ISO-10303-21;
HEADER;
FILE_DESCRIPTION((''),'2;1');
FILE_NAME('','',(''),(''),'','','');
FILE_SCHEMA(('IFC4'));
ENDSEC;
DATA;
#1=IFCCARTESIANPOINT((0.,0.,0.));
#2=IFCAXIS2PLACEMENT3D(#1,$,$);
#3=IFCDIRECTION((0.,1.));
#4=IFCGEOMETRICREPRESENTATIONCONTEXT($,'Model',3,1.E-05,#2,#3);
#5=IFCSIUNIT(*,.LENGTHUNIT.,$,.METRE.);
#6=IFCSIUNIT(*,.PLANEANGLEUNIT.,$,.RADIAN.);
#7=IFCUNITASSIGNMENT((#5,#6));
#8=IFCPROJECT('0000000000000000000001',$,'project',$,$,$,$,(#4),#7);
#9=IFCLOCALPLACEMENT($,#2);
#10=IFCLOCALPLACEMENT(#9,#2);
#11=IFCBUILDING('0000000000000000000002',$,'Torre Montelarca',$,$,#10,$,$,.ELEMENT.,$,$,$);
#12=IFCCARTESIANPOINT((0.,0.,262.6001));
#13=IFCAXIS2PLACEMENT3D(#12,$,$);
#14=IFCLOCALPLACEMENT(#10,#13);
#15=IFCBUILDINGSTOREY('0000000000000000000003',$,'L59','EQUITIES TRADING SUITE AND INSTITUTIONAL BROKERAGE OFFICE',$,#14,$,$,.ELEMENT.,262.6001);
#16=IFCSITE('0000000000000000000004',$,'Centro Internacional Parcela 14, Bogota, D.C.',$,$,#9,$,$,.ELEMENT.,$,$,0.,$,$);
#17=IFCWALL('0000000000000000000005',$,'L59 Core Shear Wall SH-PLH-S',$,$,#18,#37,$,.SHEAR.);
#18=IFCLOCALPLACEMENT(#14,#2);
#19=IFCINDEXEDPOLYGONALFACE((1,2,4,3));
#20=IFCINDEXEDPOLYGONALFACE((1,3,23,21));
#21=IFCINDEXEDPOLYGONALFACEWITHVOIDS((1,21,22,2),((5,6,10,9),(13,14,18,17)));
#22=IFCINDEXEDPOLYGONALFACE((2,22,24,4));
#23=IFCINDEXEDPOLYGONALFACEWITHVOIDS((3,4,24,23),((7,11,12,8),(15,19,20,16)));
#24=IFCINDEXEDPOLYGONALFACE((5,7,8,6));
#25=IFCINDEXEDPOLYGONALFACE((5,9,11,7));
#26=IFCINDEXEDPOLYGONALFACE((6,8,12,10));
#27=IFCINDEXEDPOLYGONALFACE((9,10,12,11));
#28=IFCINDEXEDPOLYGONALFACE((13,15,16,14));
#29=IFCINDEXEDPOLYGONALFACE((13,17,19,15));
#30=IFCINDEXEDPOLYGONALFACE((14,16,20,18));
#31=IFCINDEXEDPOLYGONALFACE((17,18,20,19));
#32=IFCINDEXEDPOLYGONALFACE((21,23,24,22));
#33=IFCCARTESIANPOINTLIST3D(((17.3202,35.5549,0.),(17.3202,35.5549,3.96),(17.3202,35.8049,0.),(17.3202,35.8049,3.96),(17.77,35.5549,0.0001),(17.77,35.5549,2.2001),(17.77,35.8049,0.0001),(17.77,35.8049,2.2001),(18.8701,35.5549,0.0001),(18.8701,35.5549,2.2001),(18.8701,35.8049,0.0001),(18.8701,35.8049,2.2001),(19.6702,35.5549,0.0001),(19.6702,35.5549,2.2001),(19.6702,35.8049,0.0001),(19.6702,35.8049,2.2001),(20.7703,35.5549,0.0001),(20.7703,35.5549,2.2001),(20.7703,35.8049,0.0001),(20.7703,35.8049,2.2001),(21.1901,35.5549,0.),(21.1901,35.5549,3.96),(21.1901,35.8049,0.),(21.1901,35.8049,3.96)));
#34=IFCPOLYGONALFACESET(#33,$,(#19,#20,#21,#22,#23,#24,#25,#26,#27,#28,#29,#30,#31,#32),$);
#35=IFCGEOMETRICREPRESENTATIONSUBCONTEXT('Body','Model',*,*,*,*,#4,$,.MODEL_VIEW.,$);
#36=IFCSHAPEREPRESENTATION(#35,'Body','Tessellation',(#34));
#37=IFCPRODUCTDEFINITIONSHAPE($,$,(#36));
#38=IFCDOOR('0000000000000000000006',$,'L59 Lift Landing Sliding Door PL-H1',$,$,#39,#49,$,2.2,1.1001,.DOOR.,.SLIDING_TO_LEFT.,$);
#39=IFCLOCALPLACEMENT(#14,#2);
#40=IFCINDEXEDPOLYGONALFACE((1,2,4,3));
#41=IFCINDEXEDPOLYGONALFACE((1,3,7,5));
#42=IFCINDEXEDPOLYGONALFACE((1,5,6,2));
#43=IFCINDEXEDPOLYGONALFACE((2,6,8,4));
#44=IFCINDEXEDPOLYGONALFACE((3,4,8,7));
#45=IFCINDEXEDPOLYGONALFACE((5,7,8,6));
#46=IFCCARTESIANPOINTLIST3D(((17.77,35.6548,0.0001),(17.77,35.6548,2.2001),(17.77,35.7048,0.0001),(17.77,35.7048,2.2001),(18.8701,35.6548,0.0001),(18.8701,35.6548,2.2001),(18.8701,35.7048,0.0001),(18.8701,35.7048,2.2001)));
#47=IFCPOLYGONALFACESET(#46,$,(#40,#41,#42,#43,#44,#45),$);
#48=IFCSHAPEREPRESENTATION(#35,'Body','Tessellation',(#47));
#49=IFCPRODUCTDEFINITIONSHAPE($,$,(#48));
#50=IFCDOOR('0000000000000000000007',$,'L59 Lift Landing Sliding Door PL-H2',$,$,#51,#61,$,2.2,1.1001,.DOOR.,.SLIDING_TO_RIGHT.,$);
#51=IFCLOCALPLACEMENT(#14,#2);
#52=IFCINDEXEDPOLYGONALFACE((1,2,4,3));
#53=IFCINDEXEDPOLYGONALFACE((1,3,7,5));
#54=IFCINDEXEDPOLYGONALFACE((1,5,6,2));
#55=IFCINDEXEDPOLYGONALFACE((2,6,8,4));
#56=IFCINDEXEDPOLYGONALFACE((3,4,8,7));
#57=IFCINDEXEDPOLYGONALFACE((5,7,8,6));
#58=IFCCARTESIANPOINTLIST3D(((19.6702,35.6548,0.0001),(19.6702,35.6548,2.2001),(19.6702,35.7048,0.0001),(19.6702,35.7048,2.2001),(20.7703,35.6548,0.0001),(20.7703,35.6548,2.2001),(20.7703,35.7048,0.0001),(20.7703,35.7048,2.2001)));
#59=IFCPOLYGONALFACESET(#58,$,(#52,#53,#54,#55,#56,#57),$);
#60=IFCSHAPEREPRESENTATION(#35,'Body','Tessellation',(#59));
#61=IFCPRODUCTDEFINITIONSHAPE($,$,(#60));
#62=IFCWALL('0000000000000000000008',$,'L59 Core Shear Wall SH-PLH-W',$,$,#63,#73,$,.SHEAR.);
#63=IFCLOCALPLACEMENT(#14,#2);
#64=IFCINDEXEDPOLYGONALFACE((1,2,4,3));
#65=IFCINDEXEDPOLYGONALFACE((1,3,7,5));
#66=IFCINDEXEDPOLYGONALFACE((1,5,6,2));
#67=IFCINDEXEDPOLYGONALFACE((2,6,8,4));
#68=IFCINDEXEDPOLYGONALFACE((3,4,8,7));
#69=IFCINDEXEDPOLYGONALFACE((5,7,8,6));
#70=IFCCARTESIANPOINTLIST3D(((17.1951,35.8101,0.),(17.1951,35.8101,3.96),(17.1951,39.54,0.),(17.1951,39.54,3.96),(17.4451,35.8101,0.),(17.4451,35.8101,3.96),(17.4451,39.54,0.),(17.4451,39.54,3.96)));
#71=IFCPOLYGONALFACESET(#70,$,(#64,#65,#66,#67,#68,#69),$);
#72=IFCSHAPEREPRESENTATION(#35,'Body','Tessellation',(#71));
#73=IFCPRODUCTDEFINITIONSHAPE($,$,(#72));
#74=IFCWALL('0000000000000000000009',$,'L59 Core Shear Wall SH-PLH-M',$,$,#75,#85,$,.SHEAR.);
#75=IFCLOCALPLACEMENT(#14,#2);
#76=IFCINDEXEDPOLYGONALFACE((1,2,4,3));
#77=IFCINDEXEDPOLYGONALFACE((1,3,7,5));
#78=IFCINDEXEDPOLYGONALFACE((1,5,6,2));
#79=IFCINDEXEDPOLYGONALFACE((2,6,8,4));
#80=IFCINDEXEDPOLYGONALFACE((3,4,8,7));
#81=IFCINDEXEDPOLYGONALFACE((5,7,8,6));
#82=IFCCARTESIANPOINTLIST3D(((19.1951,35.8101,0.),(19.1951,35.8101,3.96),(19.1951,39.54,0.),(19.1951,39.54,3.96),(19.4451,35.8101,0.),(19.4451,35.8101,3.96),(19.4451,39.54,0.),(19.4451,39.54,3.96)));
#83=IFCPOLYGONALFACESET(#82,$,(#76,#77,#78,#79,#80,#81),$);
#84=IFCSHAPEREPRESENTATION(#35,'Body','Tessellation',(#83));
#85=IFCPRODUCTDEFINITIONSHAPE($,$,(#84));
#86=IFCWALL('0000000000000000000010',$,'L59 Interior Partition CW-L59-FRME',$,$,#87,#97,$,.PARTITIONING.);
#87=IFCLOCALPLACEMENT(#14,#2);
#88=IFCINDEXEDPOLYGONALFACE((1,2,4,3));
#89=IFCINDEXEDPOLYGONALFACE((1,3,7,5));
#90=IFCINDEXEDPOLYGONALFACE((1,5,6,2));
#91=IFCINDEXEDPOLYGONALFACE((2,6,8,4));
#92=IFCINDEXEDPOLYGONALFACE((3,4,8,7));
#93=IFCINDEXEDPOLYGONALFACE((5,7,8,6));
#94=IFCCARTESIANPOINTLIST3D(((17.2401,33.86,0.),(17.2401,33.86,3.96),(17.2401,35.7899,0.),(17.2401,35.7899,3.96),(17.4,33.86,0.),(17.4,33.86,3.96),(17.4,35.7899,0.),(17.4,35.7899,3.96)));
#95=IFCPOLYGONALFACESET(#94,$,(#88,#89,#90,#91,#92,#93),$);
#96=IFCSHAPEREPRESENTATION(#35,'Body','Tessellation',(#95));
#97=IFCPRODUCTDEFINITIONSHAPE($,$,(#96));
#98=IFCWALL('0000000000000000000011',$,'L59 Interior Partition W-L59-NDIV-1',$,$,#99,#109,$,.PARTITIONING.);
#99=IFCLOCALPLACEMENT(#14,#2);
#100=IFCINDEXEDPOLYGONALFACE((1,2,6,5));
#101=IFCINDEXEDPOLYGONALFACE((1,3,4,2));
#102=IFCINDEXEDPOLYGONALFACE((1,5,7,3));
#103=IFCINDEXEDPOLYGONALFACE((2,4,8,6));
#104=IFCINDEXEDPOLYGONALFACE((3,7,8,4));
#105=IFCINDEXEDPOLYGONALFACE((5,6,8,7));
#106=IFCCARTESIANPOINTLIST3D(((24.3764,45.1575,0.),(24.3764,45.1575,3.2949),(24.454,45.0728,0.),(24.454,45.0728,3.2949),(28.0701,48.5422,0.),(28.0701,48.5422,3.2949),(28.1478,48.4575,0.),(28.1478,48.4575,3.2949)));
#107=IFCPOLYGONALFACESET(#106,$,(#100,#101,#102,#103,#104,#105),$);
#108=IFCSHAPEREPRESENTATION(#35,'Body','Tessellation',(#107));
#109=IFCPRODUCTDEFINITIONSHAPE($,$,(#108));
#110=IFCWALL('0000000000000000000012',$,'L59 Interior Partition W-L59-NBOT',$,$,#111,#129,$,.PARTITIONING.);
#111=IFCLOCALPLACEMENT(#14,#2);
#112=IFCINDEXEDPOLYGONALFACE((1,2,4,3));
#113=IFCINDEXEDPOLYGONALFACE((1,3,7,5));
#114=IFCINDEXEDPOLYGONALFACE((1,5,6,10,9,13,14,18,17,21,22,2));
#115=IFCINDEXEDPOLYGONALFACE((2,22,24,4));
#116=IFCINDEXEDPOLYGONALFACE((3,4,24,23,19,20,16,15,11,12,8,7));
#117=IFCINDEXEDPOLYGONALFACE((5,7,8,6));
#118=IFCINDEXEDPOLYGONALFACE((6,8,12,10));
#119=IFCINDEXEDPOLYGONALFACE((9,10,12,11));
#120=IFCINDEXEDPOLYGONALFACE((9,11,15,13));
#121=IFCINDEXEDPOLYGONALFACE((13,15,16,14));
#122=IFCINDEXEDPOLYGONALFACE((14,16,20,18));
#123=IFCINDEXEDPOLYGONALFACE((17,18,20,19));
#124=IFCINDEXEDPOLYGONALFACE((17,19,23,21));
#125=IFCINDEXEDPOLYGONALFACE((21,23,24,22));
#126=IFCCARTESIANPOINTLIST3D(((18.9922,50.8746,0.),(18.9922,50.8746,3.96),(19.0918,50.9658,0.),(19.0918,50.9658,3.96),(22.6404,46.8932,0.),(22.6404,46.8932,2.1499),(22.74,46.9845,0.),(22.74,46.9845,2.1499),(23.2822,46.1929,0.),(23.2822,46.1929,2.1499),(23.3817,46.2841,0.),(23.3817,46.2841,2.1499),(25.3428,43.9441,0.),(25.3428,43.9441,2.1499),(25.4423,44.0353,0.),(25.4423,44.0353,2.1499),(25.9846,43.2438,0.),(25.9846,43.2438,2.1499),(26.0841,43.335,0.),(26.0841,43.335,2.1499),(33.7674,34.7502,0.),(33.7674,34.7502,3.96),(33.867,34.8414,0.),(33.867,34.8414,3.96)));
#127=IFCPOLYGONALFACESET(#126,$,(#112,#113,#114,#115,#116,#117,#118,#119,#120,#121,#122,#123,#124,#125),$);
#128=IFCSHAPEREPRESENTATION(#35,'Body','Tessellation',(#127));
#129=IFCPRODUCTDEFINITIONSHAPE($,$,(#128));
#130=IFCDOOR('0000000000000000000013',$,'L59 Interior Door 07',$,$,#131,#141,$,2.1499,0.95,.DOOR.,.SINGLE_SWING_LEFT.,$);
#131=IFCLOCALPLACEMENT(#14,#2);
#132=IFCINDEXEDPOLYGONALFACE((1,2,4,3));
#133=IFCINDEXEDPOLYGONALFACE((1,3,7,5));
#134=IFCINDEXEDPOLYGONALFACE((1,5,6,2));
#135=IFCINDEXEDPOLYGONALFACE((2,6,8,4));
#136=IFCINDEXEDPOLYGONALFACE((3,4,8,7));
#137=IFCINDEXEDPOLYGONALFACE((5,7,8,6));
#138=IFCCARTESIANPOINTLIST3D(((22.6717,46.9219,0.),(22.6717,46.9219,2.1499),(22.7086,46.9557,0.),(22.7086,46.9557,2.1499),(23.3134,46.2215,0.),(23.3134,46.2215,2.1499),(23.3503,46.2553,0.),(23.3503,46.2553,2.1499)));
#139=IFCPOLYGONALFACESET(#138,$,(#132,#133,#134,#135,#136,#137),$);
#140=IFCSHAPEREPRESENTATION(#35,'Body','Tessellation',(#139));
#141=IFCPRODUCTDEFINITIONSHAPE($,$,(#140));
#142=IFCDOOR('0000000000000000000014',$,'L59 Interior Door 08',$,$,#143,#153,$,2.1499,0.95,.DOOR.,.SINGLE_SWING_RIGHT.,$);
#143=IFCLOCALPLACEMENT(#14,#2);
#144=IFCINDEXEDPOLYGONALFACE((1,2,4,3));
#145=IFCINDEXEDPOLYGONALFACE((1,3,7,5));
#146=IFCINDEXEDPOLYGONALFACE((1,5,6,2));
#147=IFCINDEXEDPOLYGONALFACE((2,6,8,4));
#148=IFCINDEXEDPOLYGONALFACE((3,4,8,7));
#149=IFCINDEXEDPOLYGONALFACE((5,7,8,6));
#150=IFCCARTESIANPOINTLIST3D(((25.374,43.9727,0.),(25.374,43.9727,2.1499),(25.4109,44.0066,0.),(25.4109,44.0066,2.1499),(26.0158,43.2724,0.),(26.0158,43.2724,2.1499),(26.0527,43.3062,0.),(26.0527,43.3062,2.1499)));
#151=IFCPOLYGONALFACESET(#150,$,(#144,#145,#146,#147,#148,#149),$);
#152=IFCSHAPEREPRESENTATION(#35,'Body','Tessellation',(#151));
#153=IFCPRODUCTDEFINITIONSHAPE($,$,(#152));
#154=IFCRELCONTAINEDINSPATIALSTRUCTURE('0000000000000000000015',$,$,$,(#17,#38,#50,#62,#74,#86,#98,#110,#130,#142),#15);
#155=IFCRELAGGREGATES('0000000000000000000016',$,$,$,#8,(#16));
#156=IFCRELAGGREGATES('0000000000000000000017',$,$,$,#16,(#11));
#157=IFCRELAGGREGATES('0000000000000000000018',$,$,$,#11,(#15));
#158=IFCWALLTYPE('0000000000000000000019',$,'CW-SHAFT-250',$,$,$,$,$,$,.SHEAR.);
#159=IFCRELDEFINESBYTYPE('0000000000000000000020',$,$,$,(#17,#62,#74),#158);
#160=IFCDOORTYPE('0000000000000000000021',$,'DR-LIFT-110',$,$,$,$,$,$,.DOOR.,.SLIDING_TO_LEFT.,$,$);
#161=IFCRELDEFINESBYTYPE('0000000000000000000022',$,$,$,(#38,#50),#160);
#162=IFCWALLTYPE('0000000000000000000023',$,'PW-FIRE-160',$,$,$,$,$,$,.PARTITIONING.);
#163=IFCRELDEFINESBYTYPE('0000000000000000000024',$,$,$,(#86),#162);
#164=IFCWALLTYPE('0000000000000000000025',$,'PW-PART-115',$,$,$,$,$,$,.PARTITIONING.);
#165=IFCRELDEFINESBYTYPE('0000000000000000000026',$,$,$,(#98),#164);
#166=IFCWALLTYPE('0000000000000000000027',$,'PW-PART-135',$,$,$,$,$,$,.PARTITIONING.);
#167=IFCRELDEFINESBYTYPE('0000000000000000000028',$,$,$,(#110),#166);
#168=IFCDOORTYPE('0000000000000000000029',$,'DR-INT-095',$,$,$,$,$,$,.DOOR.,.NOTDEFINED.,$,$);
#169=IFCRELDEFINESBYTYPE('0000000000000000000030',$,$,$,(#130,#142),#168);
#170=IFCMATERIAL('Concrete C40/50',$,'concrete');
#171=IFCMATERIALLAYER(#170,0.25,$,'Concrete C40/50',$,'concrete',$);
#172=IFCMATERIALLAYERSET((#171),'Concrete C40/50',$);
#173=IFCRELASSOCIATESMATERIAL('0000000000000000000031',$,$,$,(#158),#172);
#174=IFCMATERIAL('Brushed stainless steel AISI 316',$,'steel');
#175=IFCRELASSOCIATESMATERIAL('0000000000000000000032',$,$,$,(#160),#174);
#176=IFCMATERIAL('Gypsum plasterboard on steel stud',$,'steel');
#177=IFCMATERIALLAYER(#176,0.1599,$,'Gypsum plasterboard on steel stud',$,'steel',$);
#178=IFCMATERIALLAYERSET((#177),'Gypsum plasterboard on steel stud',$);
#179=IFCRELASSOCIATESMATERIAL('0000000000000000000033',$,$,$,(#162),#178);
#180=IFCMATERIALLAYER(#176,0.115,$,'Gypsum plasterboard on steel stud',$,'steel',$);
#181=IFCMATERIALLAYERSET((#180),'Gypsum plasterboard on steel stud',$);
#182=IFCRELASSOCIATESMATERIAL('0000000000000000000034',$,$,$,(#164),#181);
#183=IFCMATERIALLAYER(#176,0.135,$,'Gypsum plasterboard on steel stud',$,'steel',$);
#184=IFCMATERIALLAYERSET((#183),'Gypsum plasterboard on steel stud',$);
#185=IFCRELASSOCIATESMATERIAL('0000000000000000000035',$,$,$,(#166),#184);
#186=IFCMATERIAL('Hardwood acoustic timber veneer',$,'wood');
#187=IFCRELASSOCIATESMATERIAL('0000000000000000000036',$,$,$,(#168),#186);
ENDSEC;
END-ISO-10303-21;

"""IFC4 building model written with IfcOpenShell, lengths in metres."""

from ifc_helpers import new_model, si_unit, direction, frame, frame_2d, origin, place, context, subcontext, project, spatial, rectangle, extrude, source, transform, mapped, material, layer, layer_set, type_object, element, fill, save


model = new_model("IFC4")

# Units and contexts
model_context = context("Model", 3, precision=1e-05, world=origin(), true_north=direction((0.0, 1.0)))
body_context = subcontext(model_context, "Body", "Model", "MODEL_VIEW")
ifc_project = project(units=[si_unit("LENGTHUNIT", "METRE"), si_unit("PLANEANGLEUNIT", "RADIAN")], contexts=[model_context])

# Site, building, storey
site_placement = place(None, origin())
site = spatial("IfcSite", under=ifc_project, at=site_placement, Name="Centro Internacional Parcela 14, Bogota, D.C.", CompositionType="ELEMENT", RefElevation=0.0)
building_placement = place(site_placement, origin())
building = spatial("IfcBuilding", under=site, at=building_placement, Name="Torre Montelarca", CompositionType="ELEMENT")
storey_placement = place(building_placement, frame((0.0, 0.0, 262.6001)))
storey = spatial("IfcBuildingStorey", under=building, at=storey_placement, Name="L59", Description="EQUITIES TRADING SUITE AND INSTITUTIONAL BROKERAGE OFFICE", CompositionType="ELEMENT", Elevation=262.6001)

# Shared definitions
ifc_material_1 = material(Name="Concrete C40/50", Category="concrete")
ifc_layer_1 = layer(ifc_material_1, 0.25, Name="Concrete C40/50", Category="concrete")
ifc_layer_set_1 = layer_set([ifc_layer_1], Name="Concrete C40/50")
wall_type_1 = type_object("IfcWallType", Name="CW-SHAFT-250", PredefinedType="SHEAR", material=ifc_layer_set_1)

# Shared definitions
ifc_material_2 = material(Name="Brushed stainless steel AISI 316", Category="steel")

# Wall, openings, doors
wall_1_placement = place(storey_placement, frame((17.3201, 35.6799, 0.0), z_axis=(0.0, 0.0, 1.0), x_axis=(1.0, 0.0, 0.0)))
wall_1 = element("IfcWall", 1, at=wall_1_placement, inside=storey, type_object=wall_type_1, Name="L59 Core Shear Wall SH-PLH-S", PredefinedType="SHEAR", context=body_context, shape_type="SweptSolid", body=[
    extrude(rectangle(XDim=3.8699, YDim=0.25, at=frame_2d((1.9351, 0.0))), origin(), (0.0, 0.0, 1.0), 3.96),
])
opening_1_placement = place(wall_1_placement, frame((0.45, 0.0, 0.0)))
opening_1 = element("IfcOpeningElement", 2, at=opening_1_placement, cuts=wall_1, PredefinedType="OPENING", context=body_context, shape_type="SweptSolid", body=[
    extrude(rectangle(XDim=1.1001, YDim=2.2, at=frame_2d((0.55, 1.1001))), frame((0.0, 0.135, 0.0), z_axis=(0.0, -1.0, 0.0), x_axis=(1.0, 0.0, 0.0)), (0.0, 0.0, 1.0), 0.27),
])
opening_2_placement = place(wall_1_placement, frame((2.3501, 0.0, 0.0)))
opening_2 = element("IfcOpeningElement", 3, at=opening_2_placement, cuts=wall_1, PredefinedType="OPENING", context=body_context, shape_type="SweptSolid", body=[
    extrude(rectangle(XDim=1.1001, YDim=2.2, at=frame_2d((0.55, 1.1001))), frame((0.0, 0.135, 0.0), z_axis=(0.0, -1.0, 0.0), x_axis=(1.0, 0.0, 0.0)), (0.0, 0.0, 1.0), 0.27),
])
door_type_1 = type_object("IfcDoorType", Name="DR-LIFT-110", OperationType="SLIDING_TO_LEFT", PredefinedType="DOOR", material=ifc_material_2)
shared_shape_1 = source(origin(), body_context, "Body", "SweptSolid", [
    extrude(rectangle(XDim=1.1001, YDim=2.2, at=frame_2d((0.55, 1.1001))), frame((0.0, 0.0249, 0.0), z_axis=(0.0, -1.0, 0.0), x_axis=(1.0, 0.0, 0.0)), (0.0, 0.0, 1.0), 0.05),
])
door_1_placement = place(opening_1_placement, origin())
door_1 = element("IfcDoor", 4, at=door_1_placement, inside=storey, type_object=door_type_1, Name="L59 Lift Landing Sliding Door PL-H1", OperationType="SLIDING_TO_LEFT", OverallHeight=2.2, OverallWidth=1.1001, PredefinedType="DOOR", context=body_context, shape_type="MappedRepresentation", body=[
    mapped(shared_shape_1, transform((0.0, 0.0, 0.0), scale=1.0)),
])
fill(opening_1, door_1)
door_2_placement = place(opening_2_placement, origin())
door_2 = element("IfcDoor", 5, at=door_2_placement, inside=storey, type_object=door_type_1, Name="L59 Lift Landing Sliding Door PL-H2", OperationType="SLIDING_TO_RIGHT", OverallHeight=2.2, OverallWidth=1.1001, PredefinedType="DOOR", context=body_context, shape_type="MappedRepresentation", body=[
    mapped(shared_shape_1, transform((0.0, 0.0, 0.0), scale=1.0)),
])
fill(opening_2, door_2)

# Walls
for number, where, z_axis, x_axis, name in (
    (6, (17.3201, 35.8101, 0.0), (0.0, 0.0, 1.0), (0.0, 1.0, 0.0), "L59 Core Shear Wall SH-PLH-W"),
    (7, (19.3201, 35.8101, 0.0), (0.0, 0.0, 1.0), (0.0, 1.0, 0.0), "L59 Core Shear Wall SH-PLH-M"),
):
    element("IfcWall", number, at=place(storey_placement, frame(where, z_axis=z_axis, x_axis=x_axis)), inside=storey, type_object=wall_type_1, Name=name, PredefinedType="SHEAR", context=body_context, shape_type="SweptSolid", body=[
        extrude(rectangle(XDim=3.73, YDim=0.25, at=frame_2d((1.865, 0.0))), origin(), (0.0, 0.0, 1.0), 3.96),
    ])
ifc_material_3 = material(Name="Gypsum plasterboard on steel stud", Category="steel")
ifc_layer_2 = layer(ifc_material_3, 0.1599, Name="Gypsum plasterboard on steel stud", Category="steel")
ifc_layer_set_2 = layer_set([ifc_layer_2], Name="Gypsum plasterboard on steel stud")
wall_type_2 = type_object("IfcWallType", Name="PW-FIRE-160", PredefinedType="PARTITIONING", material=ifc_layer_set_2)
wall_2_placement = place(storey_placement, frame((17.3201, 33.8601, 0.0), z_axis=(0.0, 0.0, 1.0), x_axis=(0.0, 1.0, 0.0)))
element("IfcWall", 8, at=wall_2_placement, inside=storey, type_object=wall_type_2, Name="L59 Interior Partition CW-L59-FRME", PredefinedType="PARTITIONING", context=body_context, shape_type="SweptSolid", body=[
    extrude(rectangle(XDim=1.9299, YDim=0.1599, at=frame_2d((0.9648, 0.0))), origin(), (0.0, 0.0, 1.0), 3.96),
])
ifc_layer_3 = layer(ifc_material_3, 0.115, Name="Gypsum plasterboard on steel stud", Category="steel")
ifc_layer_set_3 = layer_set([ifc_layer_3], Name="Gypsum plasterboard on steel stud")
wall_type_3 = type_object("IfcWallType", Name="PW-PART-115", PredefinedType="PARTITIONING", material=ifc_layer_set_3)
wall_3_placement = place(storey_placement, frame((24.4153, 45.1152, 0.0), z_axis=(0.0, 0.0, 1.0), x_axis=(0.73728, 0.675588, 0.0)))
element("IfcWall", 9, at=wall_3_placement, inside=storey, type_object=wall_type_3, Name="L59 Interior Partition W-L59-NDIV-1", PredefinedType="PARTITIONING", context=body_context, shape_type="SweptSolid", body=[
    extrude(rectangle(XDim=5.01, YDim=0.115, at=frame_2d((2.5049, 0.0))), origin(), (0.0, 0.0, 1.0), 3.2949),
])

# Wall, openings, doors
ifc_layer_4 = layer(ifc_material_3, 0.135, Name="Gypsum plasterboard on steel stud", Category="steel")
ifc_layer_set_4 = layer_set([ifc_layer_4], Name="Gypsum plasterboard on steel stud")
wall_type_4 = type_object("IfcWallType", Name="PW-PART-135", PredefinedType="PARTITIONING", material=ifc_layer_set_4)
wall_4_placement = place(storey_placement, frame((19.042, 50.9202, 0.0), z_axis=(0.0, 0.0, 1.0), x_axis=(0.67559, -0.737278, 0.0)))
wall_4 = element("IfcWall", 10, at=wall_4_placement, inside=storey, type_object=wall_type_4, Name="L59 Interior Partition W-L59-NBOT", PredefinedType="PARTITIONING", context=body_context, shape_type="SweptSolid", body=[
    extrude(rectangle(XDim=21.8701, YDim=0.135, at=frame_2d((10.9351, 0.0))), origin(), (0.0, 0.0, 1.0), 3.96),
])
opening_3_placement = place(wall_4_placement, frame((5.3999, 0.0, 0.0)))
opening_3 = element("IfcOpeningElement", 11, at=opening_3_placement, cuts=wall_4, PredefinedType="OPENING", context=body_context, shape_type="SweptSolid", body=[
    extrude(rectangle(XDim=0.95, YDim=2.1499, at=frame_2d((0.4751, 1.075))), frame((0.0, 0.0776, 0.0), z_axis=(0.0, -1.0, 0.0), x_axis=(1.0, 0.0, 0.0)), (0.0, 0.0, 1.0), 0.155),
])
opening_4_placement = place(wall_4_placement, frame((9.3999, 0.0, 0.0)))
opening_4 = element("IfcOpeningElement", 12, at=opening_4_placement, cuts=wall_4, PredefinedType="OPENING", context=body_context, shape_type="SweptSolid", body=[
    extrude(rectangle(XDim=0.95, YDim=2.1499, at=frame_2d((0.4751, 1.075))), frame((0.0, 0.0776, 0.0), z_axis=(0.0, -1.0, 0.0), x_axis=(1.0, 0.0, 0.0)), (0.0, 0.0, 1.0), 0.155),
])
ifc_material_4 = material(Name="Hardwood acoustic timber veneer", Category="wood")
door_type_2 = type_object("IfcDoorType", Name="DR-INT-095", OperationType="NOTDEFINED", PredefinedType="DOOR", material=ifc_material_4)
shared_shape_2 = source(origin(), body_context, "Body", "SweptSolid", [
    extrude(rectangle(XDim=0.95, YDim=2.1499, at=frame_2d((0.4751, 1.075))), frame((0.0, 0.0249, 0.0), z_axis=(0.0, -1.0, 0.0), x_axis=(1.0, 0.0, 0.0)), (0.0, 0.0, 1.0), 0.05),
])
door_3_placement = place(opening_3_placement, origin())
door_3 = element("IfcDoor", 13, at=door_3_placement, inside=storey, type_object=door_type_2, Name="L59 Interior Door 07", OperationType="SINGLE_SWING_LEFT", OverallHeight=2.1499, OverallWidth=0.95, PredefinedType="DOOR", context=body_context, shape_type="MappedRepresentation", body=[
    mapped(shared_shape_2, transform((0.0, 0.0, 0.0), scale=1.0)),
])
fill(opening_3, door_3)
door_4_placement = place(opening_4_placement, origin())
door_4 = element("IfcDoor", 14, at=door_4_placement, inside=storey, type_object=door_type_2, Name="L59 Interior Door 08", OperationType="SINGLE_SWING_RIGHT", OverallHeight=2.1499, OverallWidth=0.95, PredefinedType="DOOR", context=body_context, shape_type="MappedRepresentation", body=[
    mapped(shared_shape_2, transform((0.0, 0.0, 0.0), scale=1.0)),
])
fill(opening_4, door_4)

save(model, "model.ifc")
